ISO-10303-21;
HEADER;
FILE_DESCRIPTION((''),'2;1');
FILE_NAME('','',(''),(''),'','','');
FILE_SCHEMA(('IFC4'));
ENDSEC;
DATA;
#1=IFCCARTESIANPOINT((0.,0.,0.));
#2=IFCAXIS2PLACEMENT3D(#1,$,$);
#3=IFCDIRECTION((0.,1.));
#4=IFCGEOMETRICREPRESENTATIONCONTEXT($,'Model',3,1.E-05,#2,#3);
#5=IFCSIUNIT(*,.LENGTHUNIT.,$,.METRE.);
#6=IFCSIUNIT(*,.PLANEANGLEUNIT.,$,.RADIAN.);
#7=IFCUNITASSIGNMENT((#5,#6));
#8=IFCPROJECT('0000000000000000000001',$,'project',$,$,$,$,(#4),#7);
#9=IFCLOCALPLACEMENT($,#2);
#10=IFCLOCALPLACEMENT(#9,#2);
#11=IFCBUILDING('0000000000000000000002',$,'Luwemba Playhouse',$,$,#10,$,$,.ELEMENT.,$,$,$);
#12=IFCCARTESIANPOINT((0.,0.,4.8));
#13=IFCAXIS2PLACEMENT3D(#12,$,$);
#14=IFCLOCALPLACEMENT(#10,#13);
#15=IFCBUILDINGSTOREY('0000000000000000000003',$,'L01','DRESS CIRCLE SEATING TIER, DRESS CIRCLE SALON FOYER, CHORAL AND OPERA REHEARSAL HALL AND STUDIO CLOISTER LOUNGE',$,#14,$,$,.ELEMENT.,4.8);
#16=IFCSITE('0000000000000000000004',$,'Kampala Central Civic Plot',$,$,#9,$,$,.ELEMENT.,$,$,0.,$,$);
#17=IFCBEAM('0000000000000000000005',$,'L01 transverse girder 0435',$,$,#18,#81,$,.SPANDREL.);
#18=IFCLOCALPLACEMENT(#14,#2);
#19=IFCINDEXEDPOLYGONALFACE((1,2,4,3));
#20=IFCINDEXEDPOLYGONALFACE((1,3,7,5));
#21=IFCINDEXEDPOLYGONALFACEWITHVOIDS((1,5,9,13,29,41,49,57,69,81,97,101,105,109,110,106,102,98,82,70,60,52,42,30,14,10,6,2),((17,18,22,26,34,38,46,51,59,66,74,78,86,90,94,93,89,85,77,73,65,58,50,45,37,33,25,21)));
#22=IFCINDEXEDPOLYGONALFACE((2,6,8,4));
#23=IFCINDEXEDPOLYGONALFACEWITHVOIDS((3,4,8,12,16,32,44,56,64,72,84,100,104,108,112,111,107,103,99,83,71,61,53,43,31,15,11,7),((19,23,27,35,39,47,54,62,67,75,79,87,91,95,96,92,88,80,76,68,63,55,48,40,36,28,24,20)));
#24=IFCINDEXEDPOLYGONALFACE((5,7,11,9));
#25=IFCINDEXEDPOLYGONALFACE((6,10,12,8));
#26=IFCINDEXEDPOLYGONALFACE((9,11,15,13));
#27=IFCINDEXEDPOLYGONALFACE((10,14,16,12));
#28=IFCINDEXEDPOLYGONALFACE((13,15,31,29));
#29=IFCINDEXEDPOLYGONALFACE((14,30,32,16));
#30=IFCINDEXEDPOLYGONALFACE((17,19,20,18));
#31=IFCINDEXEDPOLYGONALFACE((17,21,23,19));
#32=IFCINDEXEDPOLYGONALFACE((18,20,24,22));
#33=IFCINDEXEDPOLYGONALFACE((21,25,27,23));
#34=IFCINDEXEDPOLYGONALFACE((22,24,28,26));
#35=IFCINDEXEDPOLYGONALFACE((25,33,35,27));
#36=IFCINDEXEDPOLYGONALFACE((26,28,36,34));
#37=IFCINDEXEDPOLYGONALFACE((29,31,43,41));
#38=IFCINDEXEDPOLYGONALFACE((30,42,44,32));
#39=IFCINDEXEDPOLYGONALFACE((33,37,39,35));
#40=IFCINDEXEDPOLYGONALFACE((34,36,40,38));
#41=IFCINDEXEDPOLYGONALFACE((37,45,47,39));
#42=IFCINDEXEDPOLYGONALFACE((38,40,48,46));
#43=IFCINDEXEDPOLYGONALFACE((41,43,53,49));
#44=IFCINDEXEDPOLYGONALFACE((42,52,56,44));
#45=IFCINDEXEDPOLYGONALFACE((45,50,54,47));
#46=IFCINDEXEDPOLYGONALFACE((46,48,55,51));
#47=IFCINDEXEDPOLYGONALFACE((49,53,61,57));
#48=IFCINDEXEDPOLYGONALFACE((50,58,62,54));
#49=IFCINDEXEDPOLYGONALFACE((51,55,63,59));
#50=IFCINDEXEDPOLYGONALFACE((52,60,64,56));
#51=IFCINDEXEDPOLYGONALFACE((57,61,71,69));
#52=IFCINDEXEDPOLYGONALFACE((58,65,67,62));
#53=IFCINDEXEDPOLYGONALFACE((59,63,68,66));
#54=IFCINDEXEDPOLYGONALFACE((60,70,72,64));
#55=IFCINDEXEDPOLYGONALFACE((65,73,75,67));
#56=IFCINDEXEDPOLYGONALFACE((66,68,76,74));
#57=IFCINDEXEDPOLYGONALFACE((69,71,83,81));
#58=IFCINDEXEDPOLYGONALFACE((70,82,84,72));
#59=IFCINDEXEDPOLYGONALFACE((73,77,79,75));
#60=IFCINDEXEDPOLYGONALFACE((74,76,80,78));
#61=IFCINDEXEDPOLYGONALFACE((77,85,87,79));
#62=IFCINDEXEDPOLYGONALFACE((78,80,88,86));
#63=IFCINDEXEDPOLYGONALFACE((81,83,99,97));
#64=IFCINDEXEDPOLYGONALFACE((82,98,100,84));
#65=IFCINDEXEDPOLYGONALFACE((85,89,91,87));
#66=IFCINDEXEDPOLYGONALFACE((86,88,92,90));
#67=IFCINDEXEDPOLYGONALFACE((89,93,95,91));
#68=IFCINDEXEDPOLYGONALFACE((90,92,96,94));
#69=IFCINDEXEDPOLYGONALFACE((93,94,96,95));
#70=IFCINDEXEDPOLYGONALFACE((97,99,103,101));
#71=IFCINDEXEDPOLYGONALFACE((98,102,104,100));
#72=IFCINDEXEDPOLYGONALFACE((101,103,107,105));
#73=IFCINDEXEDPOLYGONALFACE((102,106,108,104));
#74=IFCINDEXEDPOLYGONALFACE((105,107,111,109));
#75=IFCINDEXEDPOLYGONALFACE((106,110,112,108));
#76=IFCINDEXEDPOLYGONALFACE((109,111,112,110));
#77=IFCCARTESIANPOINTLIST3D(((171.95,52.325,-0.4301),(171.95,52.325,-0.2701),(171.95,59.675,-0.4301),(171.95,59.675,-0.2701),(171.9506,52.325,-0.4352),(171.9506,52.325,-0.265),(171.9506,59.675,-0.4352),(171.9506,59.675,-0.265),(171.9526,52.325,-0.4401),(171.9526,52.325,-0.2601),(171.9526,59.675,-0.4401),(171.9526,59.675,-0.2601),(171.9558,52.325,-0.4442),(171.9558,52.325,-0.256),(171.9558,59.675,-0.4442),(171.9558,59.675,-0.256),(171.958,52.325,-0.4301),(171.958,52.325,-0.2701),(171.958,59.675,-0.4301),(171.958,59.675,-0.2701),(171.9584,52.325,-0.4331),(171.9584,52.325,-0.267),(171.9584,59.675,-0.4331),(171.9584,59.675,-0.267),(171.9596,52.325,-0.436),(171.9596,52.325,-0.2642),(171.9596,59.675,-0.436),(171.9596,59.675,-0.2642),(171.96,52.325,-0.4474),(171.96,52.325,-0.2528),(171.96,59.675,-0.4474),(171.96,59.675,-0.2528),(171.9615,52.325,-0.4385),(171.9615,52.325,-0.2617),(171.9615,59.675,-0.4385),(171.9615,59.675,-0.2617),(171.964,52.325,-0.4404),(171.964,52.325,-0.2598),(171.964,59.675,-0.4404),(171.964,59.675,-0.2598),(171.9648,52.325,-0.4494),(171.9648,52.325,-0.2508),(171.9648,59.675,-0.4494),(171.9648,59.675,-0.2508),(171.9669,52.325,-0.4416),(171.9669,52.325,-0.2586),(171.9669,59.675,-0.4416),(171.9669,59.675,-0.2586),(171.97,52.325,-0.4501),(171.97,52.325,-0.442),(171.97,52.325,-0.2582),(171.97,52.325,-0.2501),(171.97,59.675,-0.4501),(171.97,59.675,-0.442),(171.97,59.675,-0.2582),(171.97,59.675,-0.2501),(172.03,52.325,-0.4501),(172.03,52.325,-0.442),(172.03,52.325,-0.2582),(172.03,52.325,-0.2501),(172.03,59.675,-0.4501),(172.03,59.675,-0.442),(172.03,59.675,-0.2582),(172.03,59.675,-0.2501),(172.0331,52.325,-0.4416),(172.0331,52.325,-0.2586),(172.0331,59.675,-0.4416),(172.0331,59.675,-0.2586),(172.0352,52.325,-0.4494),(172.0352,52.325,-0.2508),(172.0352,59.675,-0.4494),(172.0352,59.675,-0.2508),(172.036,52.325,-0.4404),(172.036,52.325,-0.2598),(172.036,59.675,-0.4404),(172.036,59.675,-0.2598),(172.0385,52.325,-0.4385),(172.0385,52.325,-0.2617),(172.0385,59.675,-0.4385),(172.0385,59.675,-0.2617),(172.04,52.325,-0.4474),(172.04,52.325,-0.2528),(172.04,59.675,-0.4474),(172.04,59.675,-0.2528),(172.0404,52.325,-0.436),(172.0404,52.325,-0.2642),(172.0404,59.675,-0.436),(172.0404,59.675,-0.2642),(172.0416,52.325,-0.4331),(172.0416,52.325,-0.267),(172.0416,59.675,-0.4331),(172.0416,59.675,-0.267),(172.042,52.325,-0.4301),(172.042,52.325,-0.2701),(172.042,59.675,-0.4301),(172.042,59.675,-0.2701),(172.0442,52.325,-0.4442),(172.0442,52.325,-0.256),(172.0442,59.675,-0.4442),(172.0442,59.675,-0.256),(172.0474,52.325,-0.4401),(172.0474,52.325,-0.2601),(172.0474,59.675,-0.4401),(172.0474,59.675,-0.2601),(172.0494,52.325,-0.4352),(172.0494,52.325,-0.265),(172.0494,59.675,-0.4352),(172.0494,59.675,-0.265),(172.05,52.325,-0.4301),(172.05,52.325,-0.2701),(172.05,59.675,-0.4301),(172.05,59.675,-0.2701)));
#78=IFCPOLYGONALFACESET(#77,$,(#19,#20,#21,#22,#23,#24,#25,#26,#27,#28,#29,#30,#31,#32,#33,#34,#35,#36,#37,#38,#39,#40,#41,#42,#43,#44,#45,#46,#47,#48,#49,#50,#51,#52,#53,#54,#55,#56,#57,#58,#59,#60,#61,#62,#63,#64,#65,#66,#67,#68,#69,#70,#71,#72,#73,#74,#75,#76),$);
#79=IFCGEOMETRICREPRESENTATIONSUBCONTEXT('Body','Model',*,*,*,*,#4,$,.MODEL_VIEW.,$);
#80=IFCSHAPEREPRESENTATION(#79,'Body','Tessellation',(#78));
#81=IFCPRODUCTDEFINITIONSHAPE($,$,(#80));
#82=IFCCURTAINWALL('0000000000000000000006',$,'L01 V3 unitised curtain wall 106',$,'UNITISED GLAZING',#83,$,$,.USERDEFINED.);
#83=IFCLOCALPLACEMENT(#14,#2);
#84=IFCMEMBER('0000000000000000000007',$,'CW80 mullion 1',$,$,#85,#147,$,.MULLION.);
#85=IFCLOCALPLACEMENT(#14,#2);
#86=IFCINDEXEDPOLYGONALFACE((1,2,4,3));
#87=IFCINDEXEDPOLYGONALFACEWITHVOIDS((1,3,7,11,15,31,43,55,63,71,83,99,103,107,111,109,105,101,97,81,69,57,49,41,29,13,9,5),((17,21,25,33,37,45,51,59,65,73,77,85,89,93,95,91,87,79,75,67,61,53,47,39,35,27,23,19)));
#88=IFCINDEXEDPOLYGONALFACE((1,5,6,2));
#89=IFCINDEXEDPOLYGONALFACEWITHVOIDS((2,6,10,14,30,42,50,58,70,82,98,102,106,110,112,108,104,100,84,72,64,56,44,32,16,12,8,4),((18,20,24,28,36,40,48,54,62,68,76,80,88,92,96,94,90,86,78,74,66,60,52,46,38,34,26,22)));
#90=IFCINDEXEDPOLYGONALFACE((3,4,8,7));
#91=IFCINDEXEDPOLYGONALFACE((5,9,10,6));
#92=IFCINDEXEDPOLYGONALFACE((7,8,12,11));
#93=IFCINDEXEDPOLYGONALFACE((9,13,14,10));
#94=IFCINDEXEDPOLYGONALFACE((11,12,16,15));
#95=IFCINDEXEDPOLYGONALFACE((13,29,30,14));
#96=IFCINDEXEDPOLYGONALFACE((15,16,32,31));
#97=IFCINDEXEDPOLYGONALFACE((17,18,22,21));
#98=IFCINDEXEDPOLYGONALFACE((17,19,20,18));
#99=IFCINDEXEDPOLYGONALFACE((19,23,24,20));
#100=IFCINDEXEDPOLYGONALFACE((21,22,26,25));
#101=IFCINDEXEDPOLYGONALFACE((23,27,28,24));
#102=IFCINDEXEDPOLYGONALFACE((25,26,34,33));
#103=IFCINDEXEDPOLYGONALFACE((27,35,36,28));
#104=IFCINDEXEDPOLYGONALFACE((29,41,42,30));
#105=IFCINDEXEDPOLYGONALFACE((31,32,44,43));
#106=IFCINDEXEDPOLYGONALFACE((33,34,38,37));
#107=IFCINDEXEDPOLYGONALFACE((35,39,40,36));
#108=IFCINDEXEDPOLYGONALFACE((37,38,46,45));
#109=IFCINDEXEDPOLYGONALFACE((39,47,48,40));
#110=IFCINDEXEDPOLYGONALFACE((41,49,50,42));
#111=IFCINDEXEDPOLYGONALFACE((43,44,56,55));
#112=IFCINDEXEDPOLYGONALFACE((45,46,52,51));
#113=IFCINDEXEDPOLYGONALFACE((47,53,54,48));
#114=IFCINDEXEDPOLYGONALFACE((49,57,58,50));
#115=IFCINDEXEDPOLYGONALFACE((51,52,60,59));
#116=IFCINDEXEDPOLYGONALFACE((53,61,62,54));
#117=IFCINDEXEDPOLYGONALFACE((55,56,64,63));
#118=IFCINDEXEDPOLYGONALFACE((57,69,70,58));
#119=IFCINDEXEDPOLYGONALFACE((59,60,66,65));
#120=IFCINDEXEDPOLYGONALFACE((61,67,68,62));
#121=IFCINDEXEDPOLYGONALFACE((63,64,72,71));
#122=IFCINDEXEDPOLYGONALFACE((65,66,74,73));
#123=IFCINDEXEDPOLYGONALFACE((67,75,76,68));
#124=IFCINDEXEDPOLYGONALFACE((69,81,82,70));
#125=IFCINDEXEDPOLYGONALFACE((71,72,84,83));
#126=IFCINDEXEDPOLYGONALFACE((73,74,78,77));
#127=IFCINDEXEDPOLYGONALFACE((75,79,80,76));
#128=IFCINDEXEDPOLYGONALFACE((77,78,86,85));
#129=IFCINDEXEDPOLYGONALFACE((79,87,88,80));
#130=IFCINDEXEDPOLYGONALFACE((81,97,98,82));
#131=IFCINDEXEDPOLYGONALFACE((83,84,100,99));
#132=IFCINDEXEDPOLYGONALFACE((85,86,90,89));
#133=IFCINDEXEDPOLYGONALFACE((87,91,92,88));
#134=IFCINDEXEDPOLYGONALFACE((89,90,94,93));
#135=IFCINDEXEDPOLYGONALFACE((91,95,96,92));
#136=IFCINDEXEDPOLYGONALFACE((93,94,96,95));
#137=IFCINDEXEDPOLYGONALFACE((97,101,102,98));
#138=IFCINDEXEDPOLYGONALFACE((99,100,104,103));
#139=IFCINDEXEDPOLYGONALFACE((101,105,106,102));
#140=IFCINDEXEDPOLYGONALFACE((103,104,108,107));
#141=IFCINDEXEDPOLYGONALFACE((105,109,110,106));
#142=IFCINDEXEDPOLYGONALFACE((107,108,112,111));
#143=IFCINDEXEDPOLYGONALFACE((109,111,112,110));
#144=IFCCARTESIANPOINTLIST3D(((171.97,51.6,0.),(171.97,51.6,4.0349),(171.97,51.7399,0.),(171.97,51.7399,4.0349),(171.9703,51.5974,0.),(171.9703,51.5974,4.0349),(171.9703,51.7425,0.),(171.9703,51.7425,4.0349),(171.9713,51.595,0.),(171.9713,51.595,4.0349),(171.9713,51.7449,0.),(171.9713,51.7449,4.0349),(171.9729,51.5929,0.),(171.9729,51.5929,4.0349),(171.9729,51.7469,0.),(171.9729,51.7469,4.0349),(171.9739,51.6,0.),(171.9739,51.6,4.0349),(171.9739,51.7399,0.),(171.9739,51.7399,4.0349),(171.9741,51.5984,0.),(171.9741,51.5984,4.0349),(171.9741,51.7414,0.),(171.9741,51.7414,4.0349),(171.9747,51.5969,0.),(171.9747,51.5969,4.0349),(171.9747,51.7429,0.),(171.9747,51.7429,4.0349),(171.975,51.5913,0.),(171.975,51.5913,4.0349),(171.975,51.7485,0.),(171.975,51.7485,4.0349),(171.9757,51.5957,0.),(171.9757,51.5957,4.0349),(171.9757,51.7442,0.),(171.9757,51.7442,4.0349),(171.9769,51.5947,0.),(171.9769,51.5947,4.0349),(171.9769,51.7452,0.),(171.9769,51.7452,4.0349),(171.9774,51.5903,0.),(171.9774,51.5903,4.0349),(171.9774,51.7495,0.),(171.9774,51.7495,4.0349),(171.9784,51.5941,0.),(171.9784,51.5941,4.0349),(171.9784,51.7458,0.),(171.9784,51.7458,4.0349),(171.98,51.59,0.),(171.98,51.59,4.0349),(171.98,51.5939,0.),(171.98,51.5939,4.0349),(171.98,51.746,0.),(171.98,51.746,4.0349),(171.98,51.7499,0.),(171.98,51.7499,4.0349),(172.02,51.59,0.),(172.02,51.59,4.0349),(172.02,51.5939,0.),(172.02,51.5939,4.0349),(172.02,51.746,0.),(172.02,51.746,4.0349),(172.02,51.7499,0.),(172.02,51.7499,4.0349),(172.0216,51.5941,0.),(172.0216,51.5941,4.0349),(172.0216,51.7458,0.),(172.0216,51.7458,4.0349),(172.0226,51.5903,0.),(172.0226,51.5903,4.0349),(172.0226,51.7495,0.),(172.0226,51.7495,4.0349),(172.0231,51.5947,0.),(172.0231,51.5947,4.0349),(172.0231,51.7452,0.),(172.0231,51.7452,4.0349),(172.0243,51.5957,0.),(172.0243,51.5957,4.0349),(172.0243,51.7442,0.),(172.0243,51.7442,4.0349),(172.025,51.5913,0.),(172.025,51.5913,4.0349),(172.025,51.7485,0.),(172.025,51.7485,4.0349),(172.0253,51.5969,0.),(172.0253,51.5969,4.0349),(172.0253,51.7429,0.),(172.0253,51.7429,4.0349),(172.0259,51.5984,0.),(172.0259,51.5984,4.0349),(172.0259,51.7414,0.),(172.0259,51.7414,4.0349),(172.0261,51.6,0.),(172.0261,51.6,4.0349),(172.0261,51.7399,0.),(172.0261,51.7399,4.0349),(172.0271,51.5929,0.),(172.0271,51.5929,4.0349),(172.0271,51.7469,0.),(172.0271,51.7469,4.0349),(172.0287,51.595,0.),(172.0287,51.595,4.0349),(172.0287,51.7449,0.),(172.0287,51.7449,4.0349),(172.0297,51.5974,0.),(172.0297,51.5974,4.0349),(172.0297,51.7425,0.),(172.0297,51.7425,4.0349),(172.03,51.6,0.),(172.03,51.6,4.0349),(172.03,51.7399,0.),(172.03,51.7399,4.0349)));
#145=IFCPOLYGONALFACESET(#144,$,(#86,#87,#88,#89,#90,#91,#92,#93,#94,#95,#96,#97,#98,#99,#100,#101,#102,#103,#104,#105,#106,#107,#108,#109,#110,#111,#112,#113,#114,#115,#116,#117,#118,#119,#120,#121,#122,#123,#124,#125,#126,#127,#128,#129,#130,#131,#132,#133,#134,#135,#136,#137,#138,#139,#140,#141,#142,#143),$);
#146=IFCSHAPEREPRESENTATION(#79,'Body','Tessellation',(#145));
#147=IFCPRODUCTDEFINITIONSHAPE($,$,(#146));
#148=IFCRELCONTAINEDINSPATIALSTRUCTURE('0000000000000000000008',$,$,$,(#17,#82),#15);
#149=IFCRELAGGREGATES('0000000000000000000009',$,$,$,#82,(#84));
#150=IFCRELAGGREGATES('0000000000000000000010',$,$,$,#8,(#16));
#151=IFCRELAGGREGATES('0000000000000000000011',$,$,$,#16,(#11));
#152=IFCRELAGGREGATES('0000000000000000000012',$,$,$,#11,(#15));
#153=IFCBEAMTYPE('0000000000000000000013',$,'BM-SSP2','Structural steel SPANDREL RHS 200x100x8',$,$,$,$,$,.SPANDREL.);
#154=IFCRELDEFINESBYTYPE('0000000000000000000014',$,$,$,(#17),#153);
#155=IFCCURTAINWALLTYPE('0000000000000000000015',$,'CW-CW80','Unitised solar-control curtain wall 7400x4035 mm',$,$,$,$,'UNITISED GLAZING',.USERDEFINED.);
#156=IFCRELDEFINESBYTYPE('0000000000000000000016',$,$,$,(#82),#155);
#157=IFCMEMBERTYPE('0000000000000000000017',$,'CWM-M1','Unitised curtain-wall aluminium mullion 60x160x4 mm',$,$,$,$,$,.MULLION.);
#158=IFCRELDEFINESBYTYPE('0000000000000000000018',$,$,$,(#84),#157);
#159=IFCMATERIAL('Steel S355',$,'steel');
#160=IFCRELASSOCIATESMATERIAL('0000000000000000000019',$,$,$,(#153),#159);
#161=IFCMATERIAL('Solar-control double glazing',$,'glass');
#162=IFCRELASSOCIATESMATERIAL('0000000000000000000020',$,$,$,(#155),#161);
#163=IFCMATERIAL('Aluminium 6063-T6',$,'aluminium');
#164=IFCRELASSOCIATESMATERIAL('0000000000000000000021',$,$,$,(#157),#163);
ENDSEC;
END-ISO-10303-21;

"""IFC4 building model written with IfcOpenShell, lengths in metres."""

from ifc_helpers import new_model, si_unit, direction, frame, origin, origin_2d, place, context, subcontext, project, spatial, hollow_rectangle, extrude, material, material_profile, profile_set, type_object, element, aggregate, save


model = new_model("IFC4")

# Units and contexts
model_context = context("Model", 3, precision=1e-05, world=origin(), true_north=direction((0.0, 1.0)))
body_context = subcontext(model_context, "Body", "Model", "MODEL_VIEW")
ifc_project = project(units=[si_unit("LENGTHUNIT", "METRE"), si_unit("PLANEANGLEUNIT", "RADIAN")], contexts=[model_context])

# Site, building, storey
site_placement = place(None, origin())
site = spatial("IfcSite", under=ifc_project, at=site_placement, Name="Kampala Central Civic Plot", CompositionType="ELEMENT", RefElevation=0.0)
building_placement = place(site_placement, origin())
building = spatial("IfcBuilding", under=site, at=building_placement, Name="Luwemba Playhouse", CompositionType="ELEMENT")
storey_placement = place(building_placement, frame((0.0, 0.0, 4.8)))
storey = spatial("IfcBuildingStorey", under=building, at=storey_placement, Name="L01", Description="DRESS CIRCLE SEATING TIER, DRESS CIRCLE SALON FOYER, CHORAL AND OPERA REHEARSAL HALL AND STUDIO CLOISTER LOUNGE", CompositionType="ELEMENT", Elevation=4.8)

# Beam
ifc_material_1 = material(Name="Steel S355", Category="steel")
ifc_material_profile_1 = material_profile(ifc_material_1, hollow_rectangle(XDim=0.1001, YDim=0.2, WallThickness=0.0081, InnerFilletRadius=0.012, OuterFilletRadius=0.02, at=origin_2d()))
ifc_profile_set_1 = profile_set([ifc_material_profile_1], Name="Steel S355")
beam_type_1 = type_object("IfcBeamType", Name="BM-SSP2", Description="Structural steel SPANDREL RHS 200x100x8", PredefinedType="SPANDREL", material=ifc_profile_set_1)
beam_1_placement = place(storey_placement, frame((172.0, 52.325, -0.3501), z_axis=(0.0, 1.0, 0.0), x_axis=(-1.0, 0.0, 0.0)))
element("IfcBeam", 1, at=beam_1_placement, inside=storey, type_object=beam_type_1, Name="L01 transverse girder 0435", PredefinedType="SPANDREL", context=body_context, shape_type="SweptSolid", body=[
    extrude(hollow_rectangle(XDim=0.1001, YDim=0.2, WallThickness=0.0081, InnerFilletRadius=0.012, OuterFilletRadius=0.02, at=origin_2d()), origin(), (0.0, 0.0, 1.0), 7.3501),
])

# Curtain wall, member
ifc_material_2 = material(Name="Solar-control double glazing", Category="glass")
curtain_wall_type = type_object("IfcCurtainWallType", Name="CW-CW80", Description="Unitised solar-control curtain wall 7400x4035 mm", ElementType="UNITISED GLAZING", PredefinedType="USERDEFINED", material=ifc_material_2)
curtain_wall_placement = place(storey_placement, origin())
curtain_wall = element("IfcCurtainWall", 2, at=curtain_wall_placement, inside=storey, type_object=curtain_wall_type, Name="L01 V3 unitised curtain wall 106", ObjectType="UNITISED GLAZING", PredefinedType="USERDEFINED")
ifc_material_3 = material(Name="Aluminium 6063-T6", Category="aluminium")
ifc_material_profile_2 = material_profile(ifc_material_3, hollow_rectangle(XDim=0.0601, YDim=0.1599, WallThickness=0.0039, InnerFilletRadius=0.0061, OuterFilletRadius=0.01, at=origin_2d()))
ifc_profile_set_2 = profile_set([ifc_material_profile_2], Name="Aluminium 6063-T6")
member_type_1 = type_object("IfcMemberType", Name="CWM-M1", Description="Unitised curtain-wall aluminium mullion 60x160x4 mm", PredefinedType="MULLION", material=ifc_profile_set_2)
member_1_placement = place(storey_placement, frame((172.0, 51.6699, 0.0), z_axis=(0.0, 0.0, 1.0), x_axis=(1.0, 0.0, 0.0)))
member_1 = element("IfcMember", 3, at=member_1_placement, type_object=member_type_1, Name="CW80 mullion 1", PredefinedType="MULLION", context=body_context, shape_type="SweptSolid", body=[
    extrude(hollow_rectangle(XDim=0.0601, YDim=0.1599, WallThickness=0.0039, InnerFilletRadius=0.0061, OuterFilletRadius=0.01, at=origin_2d()), origin(), (0.0, 0.0, 1.0), 4.0349),
])
aggregate(curtain_wall, [member_1])

save(model, "model.ifc")
